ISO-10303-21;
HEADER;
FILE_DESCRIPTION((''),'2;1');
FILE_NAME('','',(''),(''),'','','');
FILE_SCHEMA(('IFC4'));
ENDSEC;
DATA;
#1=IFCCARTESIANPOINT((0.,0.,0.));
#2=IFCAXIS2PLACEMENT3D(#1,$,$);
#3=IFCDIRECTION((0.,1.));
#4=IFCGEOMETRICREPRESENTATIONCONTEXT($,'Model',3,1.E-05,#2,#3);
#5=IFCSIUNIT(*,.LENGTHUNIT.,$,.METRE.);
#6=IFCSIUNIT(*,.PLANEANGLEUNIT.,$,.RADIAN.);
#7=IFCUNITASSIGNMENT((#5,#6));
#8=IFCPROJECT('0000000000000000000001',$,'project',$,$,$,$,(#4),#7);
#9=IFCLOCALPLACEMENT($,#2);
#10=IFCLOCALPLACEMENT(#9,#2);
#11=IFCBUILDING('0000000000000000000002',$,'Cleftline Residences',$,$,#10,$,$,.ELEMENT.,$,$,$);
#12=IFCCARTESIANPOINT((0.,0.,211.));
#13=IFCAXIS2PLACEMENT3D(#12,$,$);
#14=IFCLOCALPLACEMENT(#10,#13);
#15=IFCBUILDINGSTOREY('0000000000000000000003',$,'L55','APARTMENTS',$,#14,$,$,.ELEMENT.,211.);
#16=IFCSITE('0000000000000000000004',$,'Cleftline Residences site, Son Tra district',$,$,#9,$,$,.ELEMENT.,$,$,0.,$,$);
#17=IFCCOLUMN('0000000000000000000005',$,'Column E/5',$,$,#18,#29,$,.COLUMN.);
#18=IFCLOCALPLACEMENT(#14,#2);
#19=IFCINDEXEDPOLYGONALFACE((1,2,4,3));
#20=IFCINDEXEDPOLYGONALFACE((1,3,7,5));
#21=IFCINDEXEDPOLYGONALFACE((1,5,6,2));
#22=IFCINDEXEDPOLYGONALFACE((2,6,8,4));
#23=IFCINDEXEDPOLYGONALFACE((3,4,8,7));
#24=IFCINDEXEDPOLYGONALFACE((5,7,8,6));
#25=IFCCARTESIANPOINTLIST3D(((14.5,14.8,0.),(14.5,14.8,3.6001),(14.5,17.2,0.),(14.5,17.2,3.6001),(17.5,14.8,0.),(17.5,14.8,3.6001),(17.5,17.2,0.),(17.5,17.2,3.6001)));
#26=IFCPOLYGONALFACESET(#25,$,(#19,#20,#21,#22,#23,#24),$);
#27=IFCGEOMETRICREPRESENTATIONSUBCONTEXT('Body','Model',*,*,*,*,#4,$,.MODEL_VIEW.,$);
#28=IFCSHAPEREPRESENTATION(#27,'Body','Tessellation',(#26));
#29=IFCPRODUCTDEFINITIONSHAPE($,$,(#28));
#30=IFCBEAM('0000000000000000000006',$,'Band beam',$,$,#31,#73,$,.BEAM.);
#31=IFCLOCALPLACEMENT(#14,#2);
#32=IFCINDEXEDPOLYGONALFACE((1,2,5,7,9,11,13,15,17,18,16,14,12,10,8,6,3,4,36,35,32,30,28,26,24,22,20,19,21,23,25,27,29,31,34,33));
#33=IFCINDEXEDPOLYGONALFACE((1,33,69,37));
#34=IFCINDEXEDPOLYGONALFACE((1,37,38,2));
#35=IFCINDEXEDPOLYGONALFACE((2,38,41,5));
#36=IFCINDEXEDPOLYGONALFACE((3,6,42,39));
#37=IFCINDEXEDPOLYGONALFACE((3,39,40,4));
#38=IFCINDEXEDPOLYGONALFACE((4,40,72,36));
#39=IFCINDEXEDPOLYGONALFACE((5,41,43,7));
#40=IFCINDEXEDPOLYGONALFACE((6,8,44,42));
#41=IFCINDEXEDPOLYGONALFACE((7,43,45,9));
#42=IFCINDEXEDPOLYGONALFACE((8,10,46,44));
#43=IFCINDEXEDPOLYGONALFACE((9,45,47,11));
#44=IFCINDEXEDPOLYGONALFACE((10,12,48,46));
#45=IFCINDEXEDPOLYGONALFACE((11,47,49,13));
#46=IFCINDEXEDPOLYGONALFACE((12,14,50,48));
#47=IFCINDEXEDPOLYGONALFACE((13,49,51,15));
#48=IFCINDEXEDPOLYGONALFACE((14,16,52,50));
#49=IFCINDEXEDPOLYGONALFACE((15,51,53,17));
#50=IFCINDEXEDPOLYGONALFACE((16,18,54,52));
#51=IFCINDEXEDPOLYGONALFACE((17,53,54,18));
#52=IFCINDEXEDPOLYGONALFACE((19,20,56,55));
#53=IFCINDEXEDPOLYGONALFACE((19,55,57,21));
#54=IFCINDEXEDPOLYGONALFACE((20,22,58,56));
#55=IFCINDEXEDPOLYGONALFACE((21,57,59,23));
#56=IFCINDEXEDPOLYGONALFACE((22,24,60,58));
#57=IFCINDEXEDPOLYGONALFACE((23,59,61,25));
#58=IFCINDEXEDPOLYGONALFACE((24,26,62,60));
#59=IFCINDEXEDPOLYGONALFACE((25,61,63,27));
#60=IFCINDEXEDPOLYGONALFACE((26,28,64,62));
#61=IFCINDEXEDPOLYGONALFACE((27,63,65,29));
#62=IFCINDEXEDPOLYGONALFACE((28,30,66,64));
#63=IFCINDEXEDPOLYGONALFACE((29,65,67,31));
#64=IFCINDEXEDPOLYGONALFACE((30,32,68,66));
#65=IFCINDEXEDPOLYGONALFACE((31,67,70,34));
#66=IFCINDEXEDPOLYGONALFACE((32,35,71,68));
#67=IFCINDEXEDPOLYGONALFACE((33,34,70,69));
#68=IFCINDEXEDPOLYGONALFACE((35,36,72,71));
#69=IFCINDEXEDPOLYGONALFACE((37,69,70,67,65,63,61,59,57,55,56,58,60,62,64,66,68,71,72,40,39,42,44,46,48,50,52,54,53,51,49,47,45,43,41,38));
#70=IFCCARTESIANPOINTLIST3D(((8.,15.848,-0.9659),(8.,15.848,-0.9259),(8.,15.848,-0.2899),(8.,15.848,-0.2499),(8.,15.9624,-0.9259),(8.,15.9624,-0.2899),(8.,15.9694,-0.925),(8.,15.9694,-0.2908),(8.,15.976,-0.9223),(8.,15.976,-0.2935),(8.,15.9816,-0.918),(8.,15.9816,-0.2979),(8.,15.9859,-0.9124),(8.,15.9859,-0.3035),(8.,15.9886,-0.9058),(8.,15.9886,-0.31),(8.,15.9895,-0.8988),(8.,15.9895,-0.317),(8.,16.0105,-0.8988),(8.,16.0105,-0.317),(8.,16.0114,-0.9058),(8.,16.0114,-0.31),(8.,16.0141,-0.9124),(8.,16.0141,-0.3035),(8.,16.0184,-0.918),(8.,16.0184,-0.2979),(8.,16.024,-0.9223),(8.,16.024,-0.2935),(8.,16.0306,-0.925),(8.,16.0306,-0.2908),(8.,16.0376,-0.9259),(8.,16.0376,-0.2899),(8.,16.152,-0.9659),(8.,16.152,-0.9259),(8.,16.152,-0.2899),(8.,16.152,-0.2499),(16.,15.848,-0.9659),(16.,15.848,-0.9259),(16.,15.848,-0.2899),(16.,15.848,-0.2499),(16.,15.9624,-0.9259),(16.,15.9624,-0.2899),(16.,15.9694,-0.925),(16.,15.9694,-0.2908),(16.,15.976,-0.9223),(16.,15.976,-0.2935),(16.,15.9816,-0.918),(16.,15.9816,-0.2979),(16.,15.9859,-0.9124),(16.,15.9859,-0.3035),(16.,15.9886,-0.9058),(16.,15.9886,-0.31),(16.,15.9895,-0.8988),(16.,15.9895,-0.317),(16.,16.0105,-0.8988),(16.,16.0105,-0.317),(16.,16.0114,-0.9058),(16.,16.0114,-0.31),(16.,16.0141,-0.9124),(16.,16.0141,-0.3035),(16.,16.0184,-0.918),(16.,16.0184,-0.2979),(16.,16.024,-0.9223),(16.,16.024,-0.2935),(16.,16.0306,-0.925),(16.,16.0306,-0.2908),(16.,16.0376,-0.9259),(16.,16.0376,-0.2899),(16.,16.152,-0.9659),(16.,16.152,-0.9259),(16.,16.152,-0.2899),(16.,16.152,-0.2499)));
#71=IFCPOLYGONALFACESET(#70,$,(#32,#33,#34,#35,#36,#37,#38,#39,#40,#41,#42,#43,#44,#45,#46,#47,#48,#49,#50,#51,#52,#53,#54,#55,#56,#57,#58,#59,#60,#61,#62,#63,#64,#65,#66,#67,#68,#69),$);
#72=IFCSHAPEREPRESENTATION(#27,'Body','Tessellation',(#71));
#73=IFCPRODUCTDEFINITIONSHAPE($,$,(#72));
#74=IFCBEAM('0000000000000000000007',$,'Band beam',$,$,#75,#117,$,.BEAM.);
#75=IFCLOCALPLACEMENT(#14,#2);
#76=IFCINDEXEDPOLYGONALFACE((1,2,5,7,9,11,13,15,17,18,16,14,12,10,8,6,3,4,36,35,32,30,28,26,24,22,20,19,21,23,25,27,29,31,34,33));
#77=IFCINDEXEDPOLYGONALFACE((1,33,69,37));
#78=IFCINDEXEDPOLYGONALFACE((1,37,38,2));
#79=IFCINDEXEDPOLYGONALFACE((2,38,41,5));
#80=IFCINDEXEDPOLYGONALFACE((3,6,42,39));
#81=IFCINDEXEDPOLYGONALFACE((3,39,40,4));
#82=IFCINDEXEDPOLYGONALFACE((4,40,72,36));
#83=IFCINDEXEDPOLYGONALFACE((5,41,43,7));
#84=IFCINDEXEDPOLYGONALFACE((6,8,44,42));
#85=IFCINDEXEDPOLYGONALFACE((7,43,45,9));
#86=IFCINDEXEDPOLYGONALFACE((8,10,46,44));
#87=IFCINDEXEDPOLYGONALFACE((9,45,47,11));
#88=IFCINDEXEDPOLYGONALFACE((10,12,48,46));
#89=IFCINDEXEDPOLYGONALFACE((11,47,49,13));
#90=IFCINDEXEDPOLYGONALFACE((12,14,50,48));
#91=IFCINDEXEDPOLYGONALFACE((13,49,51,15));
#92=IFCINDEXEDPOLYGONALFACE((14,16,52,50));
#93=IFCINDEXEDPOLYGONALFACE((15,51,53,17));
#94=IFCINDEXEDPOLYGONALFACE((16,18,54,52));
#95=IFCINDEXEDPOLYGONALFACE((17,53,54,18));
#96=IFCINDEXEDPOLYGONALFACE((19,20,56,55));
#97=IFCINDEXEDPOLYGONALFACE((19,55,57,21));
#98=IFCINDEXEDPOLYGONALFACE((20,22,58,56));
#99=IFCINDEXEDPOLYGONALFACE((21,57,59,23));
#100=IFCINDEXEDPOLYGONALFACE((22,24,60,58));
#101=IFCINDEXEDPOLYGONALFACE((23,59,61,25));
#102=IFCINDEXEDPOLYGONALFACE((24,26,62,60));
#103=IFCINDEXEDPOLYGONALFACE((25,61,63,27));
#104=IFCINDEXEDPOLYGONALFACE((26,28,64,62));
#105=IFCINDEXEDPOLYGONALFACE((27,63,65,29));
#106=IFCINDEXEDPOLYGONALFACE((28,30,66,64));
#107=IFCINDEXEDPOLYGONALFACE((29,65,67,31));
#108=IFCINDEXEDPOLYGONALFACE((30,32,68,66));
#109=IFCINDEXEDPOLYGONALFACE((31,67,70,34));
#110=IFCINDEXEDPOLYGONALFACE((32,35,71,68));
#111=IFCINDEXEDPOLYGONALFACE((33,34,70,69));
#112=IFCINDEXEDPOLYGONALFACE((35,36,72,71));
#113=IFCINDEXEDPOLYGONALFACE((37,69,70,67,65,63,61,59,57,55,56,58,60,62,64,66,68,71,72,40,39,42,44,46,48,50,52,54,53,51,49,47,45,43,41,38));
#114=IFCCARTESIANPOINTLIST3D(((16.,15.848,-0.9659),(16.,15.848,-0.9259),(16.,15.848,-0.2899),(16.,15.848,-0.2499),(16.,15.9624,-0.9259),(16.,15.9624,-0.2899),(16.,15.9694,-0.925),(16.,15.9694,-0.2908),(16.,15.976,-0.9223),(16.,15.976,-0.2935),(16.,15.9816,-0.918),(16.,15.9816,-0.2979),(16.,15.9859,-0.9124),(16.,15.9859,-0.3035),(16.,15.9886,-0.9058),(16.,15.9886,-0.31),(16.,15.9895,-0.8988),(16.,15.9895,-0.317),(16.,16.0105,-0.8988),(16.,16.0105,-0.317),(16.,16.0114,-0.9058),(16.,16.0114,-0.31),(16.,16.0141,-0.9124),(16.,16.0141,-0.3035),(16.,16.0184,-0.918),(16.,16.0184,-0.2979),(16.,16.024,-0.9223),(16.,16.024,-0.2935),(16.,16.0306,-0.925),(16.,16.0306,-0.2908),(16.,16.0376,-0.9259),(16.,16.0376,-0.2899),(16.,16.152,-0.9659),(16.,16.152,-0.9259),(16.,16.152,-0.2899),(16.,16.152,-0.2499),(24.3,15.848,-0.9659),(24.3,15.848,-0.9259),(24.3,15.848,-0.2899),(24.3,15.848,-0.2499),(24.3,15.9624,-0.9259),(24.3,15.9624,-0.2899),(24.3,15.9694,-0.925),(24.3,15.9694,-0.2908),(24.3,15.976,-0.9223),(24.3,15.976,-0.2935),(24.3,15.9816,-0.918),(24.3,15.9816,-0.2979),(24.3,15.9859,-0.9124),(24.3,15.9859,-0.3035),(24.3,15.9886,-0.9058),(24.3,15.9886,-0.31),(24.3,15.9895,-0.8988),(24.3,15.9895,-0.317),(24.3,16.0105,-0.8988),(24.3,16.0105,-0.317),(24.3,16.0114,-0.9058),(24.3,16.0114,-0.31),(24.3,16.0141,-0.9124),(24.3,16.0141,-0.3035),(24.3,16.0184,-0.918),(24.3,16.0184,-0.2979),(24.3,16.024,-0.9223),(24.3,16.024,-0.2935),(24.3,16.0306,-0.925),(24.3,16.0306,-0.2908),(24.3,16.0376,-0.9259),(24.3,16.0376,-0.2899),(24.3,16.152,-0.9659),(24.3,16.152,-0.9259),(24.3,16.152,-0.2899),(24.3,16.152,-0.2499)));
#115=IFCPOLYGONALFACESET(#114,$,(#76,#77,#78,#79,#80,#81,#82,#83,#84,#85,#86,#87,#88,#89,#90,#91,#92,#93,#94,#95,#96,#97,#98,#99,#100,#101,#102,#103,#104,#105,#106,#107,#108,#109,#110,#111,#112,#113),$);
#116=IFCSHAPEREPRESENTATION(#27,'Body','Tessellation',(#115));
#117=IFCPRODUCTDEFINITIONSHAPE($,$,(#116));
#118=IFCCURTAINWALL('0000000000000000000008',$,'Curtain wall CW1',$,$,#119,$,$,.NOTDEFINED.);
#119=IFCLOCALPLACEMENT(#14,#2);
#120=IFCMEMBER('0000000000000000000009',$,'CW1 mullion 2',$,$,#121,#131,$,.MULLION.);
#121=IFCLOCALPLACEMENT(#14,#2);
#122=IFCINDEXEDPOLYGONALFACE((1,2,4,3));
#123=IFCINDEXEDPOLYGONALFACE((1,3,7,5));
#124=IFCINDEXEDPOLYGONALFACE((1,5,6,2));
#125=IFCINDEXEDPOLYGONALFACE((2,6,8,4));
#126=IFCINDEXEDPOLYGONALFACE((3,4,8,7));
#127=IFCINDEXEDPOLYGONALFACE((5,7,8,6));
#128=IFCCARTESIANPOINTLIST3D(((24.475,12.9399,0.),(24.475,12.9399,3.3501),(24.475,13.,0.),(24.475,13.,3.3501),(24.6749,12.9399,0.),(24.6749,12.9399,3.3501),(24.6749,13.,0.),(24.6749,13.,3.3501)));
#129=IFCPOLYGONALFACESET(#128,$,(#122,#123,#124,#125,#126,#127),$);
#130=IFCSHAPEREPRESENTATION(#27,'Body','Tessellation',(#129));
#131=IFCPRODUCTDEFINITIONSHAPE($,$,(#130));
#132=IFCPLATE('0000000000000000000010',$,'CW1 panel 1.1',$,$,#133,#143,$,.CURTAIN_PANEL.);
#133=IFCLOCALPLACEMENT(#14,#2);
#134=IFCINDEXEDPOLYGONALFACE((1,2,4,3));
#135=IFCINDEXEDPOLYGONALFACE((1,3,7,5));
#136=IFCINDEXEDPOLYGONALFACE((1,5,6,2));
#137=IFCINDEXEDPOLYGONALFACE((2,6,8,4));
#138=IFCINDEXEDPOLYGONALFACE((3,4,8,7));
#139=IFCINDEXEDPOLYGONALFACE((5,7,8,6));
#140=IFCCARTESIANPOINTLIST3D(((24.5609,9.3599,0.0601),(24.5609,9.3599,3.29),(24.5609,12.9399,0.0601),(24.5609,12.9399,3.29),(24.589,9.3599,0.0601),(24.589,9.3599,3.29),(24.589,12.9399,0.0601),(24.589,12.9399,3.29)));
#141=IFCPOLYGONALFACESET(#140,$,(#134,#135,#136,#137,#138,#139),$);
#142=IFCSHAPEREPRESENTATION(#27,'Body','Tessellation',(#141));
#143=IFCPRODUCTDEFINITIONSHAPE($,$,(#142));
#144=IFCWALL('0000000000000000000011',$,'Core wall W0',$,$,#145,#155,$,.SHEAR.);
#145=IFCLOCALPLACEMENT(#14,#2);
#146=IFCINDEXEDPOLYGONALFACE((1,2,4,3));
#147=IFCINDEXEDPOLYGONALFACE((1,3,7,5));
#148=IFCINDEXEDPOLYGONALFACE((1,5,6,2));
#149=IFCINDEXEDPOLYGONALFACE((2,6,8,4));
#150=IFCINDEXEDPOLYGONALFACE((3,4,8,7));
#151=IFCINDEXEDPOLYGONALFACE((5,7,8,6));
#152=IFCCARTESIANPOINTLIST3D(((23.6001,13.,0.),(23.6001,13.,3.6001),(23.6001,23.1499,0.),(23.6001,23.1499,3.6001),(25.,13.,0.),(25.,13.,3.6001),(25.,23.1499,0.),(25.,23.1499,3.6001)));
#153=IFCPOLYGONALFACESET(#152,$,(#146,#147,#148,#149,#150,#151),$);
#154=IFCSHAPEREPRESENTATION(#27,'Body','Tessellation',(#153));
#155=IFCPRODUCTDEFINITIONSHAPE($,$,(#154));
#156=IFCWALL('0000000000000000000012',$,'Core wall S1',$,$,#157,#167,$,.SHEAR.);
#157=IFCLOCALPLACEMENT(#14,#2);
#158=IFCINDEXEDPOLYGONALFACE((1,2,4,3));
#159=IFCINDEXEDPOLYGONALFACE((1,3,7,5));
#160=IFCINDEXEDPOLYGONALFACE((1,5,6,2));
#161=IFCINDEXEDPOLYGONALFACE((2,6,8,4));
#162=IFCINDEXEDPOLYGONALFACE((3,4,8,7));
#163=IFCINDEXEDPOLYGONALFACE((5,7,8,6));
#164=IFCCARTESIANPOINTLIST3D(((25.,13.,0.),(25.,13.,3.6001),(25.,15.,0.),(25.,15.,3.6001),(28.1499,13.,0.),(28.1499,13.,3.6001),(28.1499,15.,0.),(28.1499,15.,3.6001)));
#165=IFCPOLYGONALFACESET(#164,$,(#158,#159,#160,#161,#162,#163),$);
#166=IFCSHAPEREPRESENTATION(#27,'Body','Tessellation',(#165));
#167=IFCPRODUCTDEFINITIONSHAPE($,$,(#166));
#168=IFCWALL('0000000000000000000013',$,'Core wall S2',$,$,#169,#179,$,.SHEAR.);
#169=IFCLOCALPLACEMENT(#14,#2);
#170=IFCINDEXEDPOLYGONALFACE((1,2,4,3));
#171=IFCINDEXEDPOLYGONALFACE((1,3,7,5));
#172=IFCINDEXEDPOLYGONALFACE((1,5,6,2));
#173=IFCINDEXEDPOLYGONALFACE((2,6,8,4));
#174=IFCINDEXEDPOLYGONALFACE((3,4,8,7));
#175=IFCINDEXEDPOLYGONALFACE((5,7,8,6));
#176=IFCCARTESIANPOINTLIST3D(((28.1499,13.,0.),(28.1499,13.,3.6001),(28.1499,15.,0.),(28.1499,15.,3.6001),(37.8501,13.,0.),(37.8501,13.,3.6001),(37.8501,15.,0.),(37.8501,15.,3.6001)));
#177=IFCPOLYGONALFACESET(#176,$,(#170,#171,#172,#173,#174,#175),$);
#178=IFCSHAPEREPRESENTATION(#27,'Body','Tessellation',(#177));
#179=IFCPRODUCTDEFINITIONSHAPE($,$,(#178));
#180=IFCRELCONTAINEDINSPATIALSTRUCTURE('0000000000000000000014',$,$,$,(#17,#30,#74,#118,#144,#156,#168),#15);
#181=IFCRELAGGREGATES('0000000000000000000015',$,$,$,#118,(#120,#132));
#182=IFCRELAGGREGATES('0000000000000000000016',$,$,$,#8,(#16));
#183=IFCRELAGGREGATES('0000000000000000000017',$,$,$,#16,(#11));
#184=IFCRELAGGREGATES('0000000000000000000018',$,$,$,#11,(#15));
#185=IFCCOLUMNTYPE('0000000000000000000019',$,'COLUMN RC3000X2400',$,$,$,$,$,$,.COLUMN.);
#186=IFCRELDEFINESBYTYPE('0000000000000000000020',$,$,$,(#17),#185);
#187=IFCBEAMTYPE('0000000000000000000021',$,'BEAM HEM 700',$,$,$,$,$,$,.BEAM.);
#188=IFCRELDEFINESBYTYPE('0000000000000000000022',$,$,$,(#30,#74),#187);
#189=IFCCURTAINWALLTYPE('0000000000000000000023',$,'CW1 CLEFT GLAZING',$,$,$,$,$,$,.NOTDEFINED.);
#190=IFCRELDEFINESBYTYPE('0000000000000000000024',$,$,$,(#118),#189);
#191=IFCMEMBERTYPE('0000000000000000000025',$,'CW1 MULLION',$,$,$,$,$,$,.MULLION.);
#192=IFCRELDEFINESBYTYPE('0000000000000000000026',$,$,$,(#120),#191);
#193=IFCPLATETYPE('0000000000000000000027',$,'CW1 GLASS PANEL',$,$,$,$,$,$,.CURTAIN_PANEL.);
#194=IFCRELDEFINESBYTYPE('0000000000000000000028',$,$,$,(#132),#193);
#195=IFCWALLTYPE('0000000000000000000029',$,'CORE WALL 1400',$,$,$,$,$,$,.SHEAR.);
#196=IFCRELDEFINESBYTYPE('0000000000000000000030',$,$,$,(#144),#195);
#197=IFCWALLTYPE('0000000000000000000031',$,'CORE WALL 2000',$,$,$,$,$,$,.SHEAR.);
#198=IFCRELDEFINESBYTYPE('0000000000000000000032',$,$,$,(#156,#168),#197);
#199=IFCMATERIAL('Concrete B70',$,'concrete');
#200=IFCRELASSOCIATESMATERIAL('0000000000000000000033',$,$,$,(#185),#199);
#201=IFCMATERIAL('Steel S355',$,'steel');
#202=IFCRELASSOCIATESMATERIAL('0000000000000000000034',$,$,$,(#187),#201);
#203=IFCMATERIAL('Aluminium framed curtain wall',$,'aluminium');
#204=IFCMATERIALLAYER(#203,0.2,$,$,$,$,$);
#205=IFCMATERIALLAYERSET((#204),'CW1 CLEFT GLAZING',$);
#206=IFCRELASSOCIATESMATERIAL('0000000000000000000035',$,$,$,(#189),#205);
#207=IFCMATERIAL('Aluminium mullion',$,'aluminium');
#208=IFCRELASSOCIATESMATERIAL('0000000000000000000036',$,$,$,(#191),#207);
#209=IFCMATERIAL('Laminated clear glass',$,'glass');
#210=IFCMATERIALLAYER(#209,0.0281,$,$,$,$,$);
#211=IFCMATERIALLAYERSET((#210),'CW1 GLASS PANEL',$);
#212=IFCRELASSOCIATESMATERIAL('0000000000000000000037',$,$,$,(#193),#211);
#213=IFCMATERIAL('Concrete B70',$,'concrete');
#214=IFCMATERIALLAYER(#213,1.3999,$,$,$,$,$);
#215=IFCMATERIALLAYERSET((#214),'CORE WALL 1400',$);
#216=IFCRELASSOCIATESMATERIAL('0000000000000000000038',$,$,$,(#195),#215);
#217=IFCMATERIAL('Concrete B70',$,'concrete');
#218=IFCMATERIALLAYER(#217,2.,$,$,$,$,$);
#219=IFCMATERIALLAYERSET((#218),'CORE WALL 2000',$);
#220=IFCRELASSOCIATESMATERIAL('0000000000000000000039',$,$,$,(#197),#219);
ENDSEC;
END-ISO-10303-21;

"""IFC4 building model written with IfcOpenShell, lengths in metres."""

from ifc_helpers import new_model, si_unit, direction, frame, frame_2d, origin, origin_2d, place, context, subcontext, project, spatial, rectangle, i_section, extrude, material, layer, layer_set, material_profile, profile_set, type_object, element, aggregate, save


model = new_model("IFC4")

# Units and contexts
model_context = context("Model", 3, precision=1e-05, world=origin(), true_north=direction((0.0, 1.0)))
body_context = subcontext(model_context, "Body", "Model", "MODEL_VIEW")
ifc_project = project(units=[si_unit("LENGTHUNIT", "METRE"), si_unit("PLANEANGLEUNIT", "RADIAN")], contexts=[model_context])

# Site, building, storey
site_placement = place(None, origin())
site = spatial("IfcSite", under=ifc_project, at=site_placement, Name="Cleftline Residences site, Son Tra district", CompositionType="ELEMENT", RefElevation=0.0)
building_placement = place(site_placement, origin())
building = spatial("IfcBuilding", under=site, at=building_placement, Name="Cleftline Residences", CompositionType="ELEMENT")
storey_placement = place(building_placement, frame((0.0, 0.0, 211.0)))
storey = spatial("IfcBuildingStorey", under=building, at=storey_placement, Name="L55", Description="APARTMENTS", CompositionType="ELEMENT", Elevation=211.0)

# Column
ifc_material_1 = material(Name="Concrete B70", Category="concrete")
ifc_material_profile_1 = material_profile(ifc_material_1, rectangle(XDim=3.0, YDim=2.3999, at=origin_2d()))
ifc_profile_set_1 = profile_set([ifc_material_profile_1], Name="Concrete B70")
column_type = type_object("IfcColumnType", Name="COLUMN RC3000X2400", PredefinedType="COLUMN", material=ifc_profile_set_1)
column_placement = place(storey_placement, frame((16.0, 16.0, 0.0), z_axis=(0.0, 0.0, 1.0), x_axis=(1.0, 0.0, 0.0)))
element("IfcColumn", 1, at=column_placement, inside=storey, type_object=column_type, Name="Column E/5", PredefinedType="COLUMN", context=body_context, shape_type="SweptSolid", body=[
    extrude(rectangle(XDim=3.0, YDim=2.3999, at=origin_2d()), origin(), (0.0, 0.0, 1.0), 3.6001),
])

# Beams
ifc_material_2 = material(Name="Steel S355", Category="steel")
ifc_material_profile_2 = material_profile(ifc_material_2, i_section(OverallWidth=0.304, OverallDepth=0.7161, WebThickness=0.021, FlangeThickness=0.04, FilletRadius=0.0271, at=origin_2d()))
ifc_profile_set_2 = profile_set([ifc_material_profile_2], Name="Steel S355")
beam_type = type_object("IfcBeamType", Name="BEAM HEM 700", PredefinedType="BEAM", material=ifc_profile_set_2)
beam_1_placement = place(storey_placement, frame((8.0, 16.0, -0.6079), z_axis=(1.0, 0.0, 0.0), x_axis=(0.0, 1.0, 0.0)))
element("IfcBeam", 2, at=beam_1_placement, inside=storey, type_object=beam_type, Name="Band beam", PredefinedType="BEAM", context=body_context, shape_type="SweptSolid", body=[
    extrude(i_section(OverallWidth=0.304, OverallDepth=0.7161, WebThickness=0.021, FlangeThickness=0.04, FilletRadius=0.0271, at=origin_2d()), origin(), (0.0, 0.0, 1.0), 8.0),
])
beam_2_placement = place(storey_placement, frame((16.0, 16.0, -0.6079), z_axis=(1.0, 0.0, 0.0), x_axis=(0.0, 1.0, 0.0)))
element("IfcBeam", 3, at=beam_2_placement, inside=storey, type_object=beam_type, Name="Band beam", PredefinedType="BEAM", context=body_context, shape_type="SweptSolid", body=[
    extrude(i_section(OverallWidth=0.304, OverallDepth=0.7161, WebThickness=0.021, FlangeThickness=0.04, FilletRadius=0.0271, at=origin_2d()), origin(), (0.0, 0.0, 1.0), 8.3),
])

# Curtain wall, member, plate
ifc_material_3 = material(Name="Aluminium framed curtain wall", Category="aluminium")
ifc_layer_1 = layer(ifc_material_3, 0.2)
ifc_layer_set_1 = layer_set([ifc_layer_1], Name="CW1 CLEFT GLAZING")
curtain_wall_type = type_object("IfcCurtainWallType", Name="CW1 CLEFT GLAZING", PredefinedType="NOTDEFINED", material=ifc_layer_set_1)
curtain_wall_placement = place(storey_placement, origin())
curtain_wall = element("IfcCurtainWall", 4, at=curtain_wall_placement, inside=storey, type_object=curtain_wall_type, Name="Curtain wall CW1", PredefinedType="NOTDEFINED")
ifc_material_4 = material(Name="Aluminium mullion", Category="aluminium")
ifc_material_profile_3 = material_profile(ifc_material_4, rectangle(XDim=0.2, YDim=0.0601, at=origin_2d()))
ifc_profile_set_3 = profile_set([ifc_material_profile_3], Name="Aluminium mullion")
member_type = type_object("IfcMemberType", Name="CW1 MULLION", PredefinedType="MULLION", material=ifc_profile_set_3)
member_placement = place(storey_placement, frame((24.575, 12.97, 0.0), z_axis=(0.0, 0.0, 1.0), x_axis=(-1.0, 0.0, 0.0)))
member = element("IfcMember", 5, at=member_placement, type_object=member_type, Name="CW1 mullion 2", PredefinedType="MULLION", context=body_context, shape_type="SweptSolid", body=[
    extrude(rectangle(XDim=0.2, YDim=0.0601, at=origin_2d()), origin(), (0.0, 0.0, 1.0), 3.3501),
])
ifc_material_5 = material(Name="Laminated clear glass", Category="glass")
ifc_layer_2 = layer(ifc_material_5, 0.0281)
ifc_layer_set_2 = layer_set([ifc_layer_2], Name="CW1 GLASS PANEL")
plate_type = type_object("IfcPlateType", Name="CW1 GLASS PANEL", PredefinedType="CURTAIN_PANEL", material=ifc_layer_set_2)
plate_placement = place(storey_placement, frame((24.575, 11.1499, 0.0601), z_axis=(0.0, 0.0, 1.0), x_axis=(0.0, 1.0, 0.0)))
plate = element("IfcPlate", 6, at=plate_placement, type_object=plate_type, Name="CW1 panel 1.1", PredefinedType="CURTAIN_PANEL", context=body_context, shape_type="SweptSolid", body=[
    extrude(rectangle(XDim=3.5801, YDim=0.0281, at=origin_2d()), origin(), (0.0, 0.0, 1.0), 3.23),
])
aggregate(curtain_wall, [member, plate])

# Wall
ifc_material_6 = material(Name="Concrete B70", Category="concrete")
ifc_layer_3 = layer(ifc_material_6, 1.3999)
ifc_layer_set_3 = layer_set([ifc_layer_3], Name="CORE WALL 1400")
wall_type_1 = type_object("IfcWallType", Name="CORE WALL 1400", PredefinedType="SHEAR", material=ifc_layer_set_3)
wall_1_placement = place(storey_placement, frame((24.3, 13.0, 0.0), z_axis=(0.0, 0.0, 1.0), x_axis=(0.0, 1.0, 0.0)))
element("IfcWall", 7, at=wall_1_placement, inside=storey, type_object=wall_type_1, Name="Core wall W0", PredefinedType="SHEAR", context=body_context, shape_type="SweptSolid", body=[
    extrude(rectangle(XDim=10.1499, YDim=1.3999, at=frame_2d((5.075, 0.0))), origin(), (0.0, 0.0, 1.0), 3.6001),
])

# Walls
ifc_material_7 = material(Name="Concrete B70", Category="concrete")
ifc_layer_4 = layer(ifc_material_7, 2.0)
ifc_layer_set_4 = layer_set([ifc_layer_4], Name="CORE WALL 2000")
wall_type_2 = type_object("IfcWallType", Name="CORE WALL 2000", PredefinedType="SHEAR", material=ifc_layer_set_4)
wall_2_placement = place(storey_placement, frame((25.0, 14.0, 0.0), z_axis=(0.0, 0.0, 1.0), x_axis=(1.0, 0.0, 0.0)))
element("IfcWall", 8, at=wall_2_placement, inside=storey, type_object=wall_type_2, Name="Core wall S1", PredefinedType="SHEAR", context=body_context, shape_type="SweptSolid", body=[
    extrude(rectangle(XDim=3.1499, YDim=2.0, at=frame_2d((1.575, 0.0))), origin(), (0.0, 0.0, 1.0), 3.6001),
])
wall_3_placement = place(storey_placement, frame((28.1499, 14.0, 0.0), z_axis=(0.0, 0.0, 1.0), x_axis=(1.0, 0.0, 0.0)))
element("IfcWall", 9, at=wall_3_placement, inside=storey, type_object=wall_type_2, Name="Core wall S2", PredefinedType="SHEAR", context=body_context, shape_type="SweptSolid", body=[
    extrude(rectangle(XDim=9.7002, YDim=2.0, at=frame_2d((4.8501, 0.0))), origin(), (0.0, 0.0, 1.0), 3.6001),
])

save(model, "model.ifc")
